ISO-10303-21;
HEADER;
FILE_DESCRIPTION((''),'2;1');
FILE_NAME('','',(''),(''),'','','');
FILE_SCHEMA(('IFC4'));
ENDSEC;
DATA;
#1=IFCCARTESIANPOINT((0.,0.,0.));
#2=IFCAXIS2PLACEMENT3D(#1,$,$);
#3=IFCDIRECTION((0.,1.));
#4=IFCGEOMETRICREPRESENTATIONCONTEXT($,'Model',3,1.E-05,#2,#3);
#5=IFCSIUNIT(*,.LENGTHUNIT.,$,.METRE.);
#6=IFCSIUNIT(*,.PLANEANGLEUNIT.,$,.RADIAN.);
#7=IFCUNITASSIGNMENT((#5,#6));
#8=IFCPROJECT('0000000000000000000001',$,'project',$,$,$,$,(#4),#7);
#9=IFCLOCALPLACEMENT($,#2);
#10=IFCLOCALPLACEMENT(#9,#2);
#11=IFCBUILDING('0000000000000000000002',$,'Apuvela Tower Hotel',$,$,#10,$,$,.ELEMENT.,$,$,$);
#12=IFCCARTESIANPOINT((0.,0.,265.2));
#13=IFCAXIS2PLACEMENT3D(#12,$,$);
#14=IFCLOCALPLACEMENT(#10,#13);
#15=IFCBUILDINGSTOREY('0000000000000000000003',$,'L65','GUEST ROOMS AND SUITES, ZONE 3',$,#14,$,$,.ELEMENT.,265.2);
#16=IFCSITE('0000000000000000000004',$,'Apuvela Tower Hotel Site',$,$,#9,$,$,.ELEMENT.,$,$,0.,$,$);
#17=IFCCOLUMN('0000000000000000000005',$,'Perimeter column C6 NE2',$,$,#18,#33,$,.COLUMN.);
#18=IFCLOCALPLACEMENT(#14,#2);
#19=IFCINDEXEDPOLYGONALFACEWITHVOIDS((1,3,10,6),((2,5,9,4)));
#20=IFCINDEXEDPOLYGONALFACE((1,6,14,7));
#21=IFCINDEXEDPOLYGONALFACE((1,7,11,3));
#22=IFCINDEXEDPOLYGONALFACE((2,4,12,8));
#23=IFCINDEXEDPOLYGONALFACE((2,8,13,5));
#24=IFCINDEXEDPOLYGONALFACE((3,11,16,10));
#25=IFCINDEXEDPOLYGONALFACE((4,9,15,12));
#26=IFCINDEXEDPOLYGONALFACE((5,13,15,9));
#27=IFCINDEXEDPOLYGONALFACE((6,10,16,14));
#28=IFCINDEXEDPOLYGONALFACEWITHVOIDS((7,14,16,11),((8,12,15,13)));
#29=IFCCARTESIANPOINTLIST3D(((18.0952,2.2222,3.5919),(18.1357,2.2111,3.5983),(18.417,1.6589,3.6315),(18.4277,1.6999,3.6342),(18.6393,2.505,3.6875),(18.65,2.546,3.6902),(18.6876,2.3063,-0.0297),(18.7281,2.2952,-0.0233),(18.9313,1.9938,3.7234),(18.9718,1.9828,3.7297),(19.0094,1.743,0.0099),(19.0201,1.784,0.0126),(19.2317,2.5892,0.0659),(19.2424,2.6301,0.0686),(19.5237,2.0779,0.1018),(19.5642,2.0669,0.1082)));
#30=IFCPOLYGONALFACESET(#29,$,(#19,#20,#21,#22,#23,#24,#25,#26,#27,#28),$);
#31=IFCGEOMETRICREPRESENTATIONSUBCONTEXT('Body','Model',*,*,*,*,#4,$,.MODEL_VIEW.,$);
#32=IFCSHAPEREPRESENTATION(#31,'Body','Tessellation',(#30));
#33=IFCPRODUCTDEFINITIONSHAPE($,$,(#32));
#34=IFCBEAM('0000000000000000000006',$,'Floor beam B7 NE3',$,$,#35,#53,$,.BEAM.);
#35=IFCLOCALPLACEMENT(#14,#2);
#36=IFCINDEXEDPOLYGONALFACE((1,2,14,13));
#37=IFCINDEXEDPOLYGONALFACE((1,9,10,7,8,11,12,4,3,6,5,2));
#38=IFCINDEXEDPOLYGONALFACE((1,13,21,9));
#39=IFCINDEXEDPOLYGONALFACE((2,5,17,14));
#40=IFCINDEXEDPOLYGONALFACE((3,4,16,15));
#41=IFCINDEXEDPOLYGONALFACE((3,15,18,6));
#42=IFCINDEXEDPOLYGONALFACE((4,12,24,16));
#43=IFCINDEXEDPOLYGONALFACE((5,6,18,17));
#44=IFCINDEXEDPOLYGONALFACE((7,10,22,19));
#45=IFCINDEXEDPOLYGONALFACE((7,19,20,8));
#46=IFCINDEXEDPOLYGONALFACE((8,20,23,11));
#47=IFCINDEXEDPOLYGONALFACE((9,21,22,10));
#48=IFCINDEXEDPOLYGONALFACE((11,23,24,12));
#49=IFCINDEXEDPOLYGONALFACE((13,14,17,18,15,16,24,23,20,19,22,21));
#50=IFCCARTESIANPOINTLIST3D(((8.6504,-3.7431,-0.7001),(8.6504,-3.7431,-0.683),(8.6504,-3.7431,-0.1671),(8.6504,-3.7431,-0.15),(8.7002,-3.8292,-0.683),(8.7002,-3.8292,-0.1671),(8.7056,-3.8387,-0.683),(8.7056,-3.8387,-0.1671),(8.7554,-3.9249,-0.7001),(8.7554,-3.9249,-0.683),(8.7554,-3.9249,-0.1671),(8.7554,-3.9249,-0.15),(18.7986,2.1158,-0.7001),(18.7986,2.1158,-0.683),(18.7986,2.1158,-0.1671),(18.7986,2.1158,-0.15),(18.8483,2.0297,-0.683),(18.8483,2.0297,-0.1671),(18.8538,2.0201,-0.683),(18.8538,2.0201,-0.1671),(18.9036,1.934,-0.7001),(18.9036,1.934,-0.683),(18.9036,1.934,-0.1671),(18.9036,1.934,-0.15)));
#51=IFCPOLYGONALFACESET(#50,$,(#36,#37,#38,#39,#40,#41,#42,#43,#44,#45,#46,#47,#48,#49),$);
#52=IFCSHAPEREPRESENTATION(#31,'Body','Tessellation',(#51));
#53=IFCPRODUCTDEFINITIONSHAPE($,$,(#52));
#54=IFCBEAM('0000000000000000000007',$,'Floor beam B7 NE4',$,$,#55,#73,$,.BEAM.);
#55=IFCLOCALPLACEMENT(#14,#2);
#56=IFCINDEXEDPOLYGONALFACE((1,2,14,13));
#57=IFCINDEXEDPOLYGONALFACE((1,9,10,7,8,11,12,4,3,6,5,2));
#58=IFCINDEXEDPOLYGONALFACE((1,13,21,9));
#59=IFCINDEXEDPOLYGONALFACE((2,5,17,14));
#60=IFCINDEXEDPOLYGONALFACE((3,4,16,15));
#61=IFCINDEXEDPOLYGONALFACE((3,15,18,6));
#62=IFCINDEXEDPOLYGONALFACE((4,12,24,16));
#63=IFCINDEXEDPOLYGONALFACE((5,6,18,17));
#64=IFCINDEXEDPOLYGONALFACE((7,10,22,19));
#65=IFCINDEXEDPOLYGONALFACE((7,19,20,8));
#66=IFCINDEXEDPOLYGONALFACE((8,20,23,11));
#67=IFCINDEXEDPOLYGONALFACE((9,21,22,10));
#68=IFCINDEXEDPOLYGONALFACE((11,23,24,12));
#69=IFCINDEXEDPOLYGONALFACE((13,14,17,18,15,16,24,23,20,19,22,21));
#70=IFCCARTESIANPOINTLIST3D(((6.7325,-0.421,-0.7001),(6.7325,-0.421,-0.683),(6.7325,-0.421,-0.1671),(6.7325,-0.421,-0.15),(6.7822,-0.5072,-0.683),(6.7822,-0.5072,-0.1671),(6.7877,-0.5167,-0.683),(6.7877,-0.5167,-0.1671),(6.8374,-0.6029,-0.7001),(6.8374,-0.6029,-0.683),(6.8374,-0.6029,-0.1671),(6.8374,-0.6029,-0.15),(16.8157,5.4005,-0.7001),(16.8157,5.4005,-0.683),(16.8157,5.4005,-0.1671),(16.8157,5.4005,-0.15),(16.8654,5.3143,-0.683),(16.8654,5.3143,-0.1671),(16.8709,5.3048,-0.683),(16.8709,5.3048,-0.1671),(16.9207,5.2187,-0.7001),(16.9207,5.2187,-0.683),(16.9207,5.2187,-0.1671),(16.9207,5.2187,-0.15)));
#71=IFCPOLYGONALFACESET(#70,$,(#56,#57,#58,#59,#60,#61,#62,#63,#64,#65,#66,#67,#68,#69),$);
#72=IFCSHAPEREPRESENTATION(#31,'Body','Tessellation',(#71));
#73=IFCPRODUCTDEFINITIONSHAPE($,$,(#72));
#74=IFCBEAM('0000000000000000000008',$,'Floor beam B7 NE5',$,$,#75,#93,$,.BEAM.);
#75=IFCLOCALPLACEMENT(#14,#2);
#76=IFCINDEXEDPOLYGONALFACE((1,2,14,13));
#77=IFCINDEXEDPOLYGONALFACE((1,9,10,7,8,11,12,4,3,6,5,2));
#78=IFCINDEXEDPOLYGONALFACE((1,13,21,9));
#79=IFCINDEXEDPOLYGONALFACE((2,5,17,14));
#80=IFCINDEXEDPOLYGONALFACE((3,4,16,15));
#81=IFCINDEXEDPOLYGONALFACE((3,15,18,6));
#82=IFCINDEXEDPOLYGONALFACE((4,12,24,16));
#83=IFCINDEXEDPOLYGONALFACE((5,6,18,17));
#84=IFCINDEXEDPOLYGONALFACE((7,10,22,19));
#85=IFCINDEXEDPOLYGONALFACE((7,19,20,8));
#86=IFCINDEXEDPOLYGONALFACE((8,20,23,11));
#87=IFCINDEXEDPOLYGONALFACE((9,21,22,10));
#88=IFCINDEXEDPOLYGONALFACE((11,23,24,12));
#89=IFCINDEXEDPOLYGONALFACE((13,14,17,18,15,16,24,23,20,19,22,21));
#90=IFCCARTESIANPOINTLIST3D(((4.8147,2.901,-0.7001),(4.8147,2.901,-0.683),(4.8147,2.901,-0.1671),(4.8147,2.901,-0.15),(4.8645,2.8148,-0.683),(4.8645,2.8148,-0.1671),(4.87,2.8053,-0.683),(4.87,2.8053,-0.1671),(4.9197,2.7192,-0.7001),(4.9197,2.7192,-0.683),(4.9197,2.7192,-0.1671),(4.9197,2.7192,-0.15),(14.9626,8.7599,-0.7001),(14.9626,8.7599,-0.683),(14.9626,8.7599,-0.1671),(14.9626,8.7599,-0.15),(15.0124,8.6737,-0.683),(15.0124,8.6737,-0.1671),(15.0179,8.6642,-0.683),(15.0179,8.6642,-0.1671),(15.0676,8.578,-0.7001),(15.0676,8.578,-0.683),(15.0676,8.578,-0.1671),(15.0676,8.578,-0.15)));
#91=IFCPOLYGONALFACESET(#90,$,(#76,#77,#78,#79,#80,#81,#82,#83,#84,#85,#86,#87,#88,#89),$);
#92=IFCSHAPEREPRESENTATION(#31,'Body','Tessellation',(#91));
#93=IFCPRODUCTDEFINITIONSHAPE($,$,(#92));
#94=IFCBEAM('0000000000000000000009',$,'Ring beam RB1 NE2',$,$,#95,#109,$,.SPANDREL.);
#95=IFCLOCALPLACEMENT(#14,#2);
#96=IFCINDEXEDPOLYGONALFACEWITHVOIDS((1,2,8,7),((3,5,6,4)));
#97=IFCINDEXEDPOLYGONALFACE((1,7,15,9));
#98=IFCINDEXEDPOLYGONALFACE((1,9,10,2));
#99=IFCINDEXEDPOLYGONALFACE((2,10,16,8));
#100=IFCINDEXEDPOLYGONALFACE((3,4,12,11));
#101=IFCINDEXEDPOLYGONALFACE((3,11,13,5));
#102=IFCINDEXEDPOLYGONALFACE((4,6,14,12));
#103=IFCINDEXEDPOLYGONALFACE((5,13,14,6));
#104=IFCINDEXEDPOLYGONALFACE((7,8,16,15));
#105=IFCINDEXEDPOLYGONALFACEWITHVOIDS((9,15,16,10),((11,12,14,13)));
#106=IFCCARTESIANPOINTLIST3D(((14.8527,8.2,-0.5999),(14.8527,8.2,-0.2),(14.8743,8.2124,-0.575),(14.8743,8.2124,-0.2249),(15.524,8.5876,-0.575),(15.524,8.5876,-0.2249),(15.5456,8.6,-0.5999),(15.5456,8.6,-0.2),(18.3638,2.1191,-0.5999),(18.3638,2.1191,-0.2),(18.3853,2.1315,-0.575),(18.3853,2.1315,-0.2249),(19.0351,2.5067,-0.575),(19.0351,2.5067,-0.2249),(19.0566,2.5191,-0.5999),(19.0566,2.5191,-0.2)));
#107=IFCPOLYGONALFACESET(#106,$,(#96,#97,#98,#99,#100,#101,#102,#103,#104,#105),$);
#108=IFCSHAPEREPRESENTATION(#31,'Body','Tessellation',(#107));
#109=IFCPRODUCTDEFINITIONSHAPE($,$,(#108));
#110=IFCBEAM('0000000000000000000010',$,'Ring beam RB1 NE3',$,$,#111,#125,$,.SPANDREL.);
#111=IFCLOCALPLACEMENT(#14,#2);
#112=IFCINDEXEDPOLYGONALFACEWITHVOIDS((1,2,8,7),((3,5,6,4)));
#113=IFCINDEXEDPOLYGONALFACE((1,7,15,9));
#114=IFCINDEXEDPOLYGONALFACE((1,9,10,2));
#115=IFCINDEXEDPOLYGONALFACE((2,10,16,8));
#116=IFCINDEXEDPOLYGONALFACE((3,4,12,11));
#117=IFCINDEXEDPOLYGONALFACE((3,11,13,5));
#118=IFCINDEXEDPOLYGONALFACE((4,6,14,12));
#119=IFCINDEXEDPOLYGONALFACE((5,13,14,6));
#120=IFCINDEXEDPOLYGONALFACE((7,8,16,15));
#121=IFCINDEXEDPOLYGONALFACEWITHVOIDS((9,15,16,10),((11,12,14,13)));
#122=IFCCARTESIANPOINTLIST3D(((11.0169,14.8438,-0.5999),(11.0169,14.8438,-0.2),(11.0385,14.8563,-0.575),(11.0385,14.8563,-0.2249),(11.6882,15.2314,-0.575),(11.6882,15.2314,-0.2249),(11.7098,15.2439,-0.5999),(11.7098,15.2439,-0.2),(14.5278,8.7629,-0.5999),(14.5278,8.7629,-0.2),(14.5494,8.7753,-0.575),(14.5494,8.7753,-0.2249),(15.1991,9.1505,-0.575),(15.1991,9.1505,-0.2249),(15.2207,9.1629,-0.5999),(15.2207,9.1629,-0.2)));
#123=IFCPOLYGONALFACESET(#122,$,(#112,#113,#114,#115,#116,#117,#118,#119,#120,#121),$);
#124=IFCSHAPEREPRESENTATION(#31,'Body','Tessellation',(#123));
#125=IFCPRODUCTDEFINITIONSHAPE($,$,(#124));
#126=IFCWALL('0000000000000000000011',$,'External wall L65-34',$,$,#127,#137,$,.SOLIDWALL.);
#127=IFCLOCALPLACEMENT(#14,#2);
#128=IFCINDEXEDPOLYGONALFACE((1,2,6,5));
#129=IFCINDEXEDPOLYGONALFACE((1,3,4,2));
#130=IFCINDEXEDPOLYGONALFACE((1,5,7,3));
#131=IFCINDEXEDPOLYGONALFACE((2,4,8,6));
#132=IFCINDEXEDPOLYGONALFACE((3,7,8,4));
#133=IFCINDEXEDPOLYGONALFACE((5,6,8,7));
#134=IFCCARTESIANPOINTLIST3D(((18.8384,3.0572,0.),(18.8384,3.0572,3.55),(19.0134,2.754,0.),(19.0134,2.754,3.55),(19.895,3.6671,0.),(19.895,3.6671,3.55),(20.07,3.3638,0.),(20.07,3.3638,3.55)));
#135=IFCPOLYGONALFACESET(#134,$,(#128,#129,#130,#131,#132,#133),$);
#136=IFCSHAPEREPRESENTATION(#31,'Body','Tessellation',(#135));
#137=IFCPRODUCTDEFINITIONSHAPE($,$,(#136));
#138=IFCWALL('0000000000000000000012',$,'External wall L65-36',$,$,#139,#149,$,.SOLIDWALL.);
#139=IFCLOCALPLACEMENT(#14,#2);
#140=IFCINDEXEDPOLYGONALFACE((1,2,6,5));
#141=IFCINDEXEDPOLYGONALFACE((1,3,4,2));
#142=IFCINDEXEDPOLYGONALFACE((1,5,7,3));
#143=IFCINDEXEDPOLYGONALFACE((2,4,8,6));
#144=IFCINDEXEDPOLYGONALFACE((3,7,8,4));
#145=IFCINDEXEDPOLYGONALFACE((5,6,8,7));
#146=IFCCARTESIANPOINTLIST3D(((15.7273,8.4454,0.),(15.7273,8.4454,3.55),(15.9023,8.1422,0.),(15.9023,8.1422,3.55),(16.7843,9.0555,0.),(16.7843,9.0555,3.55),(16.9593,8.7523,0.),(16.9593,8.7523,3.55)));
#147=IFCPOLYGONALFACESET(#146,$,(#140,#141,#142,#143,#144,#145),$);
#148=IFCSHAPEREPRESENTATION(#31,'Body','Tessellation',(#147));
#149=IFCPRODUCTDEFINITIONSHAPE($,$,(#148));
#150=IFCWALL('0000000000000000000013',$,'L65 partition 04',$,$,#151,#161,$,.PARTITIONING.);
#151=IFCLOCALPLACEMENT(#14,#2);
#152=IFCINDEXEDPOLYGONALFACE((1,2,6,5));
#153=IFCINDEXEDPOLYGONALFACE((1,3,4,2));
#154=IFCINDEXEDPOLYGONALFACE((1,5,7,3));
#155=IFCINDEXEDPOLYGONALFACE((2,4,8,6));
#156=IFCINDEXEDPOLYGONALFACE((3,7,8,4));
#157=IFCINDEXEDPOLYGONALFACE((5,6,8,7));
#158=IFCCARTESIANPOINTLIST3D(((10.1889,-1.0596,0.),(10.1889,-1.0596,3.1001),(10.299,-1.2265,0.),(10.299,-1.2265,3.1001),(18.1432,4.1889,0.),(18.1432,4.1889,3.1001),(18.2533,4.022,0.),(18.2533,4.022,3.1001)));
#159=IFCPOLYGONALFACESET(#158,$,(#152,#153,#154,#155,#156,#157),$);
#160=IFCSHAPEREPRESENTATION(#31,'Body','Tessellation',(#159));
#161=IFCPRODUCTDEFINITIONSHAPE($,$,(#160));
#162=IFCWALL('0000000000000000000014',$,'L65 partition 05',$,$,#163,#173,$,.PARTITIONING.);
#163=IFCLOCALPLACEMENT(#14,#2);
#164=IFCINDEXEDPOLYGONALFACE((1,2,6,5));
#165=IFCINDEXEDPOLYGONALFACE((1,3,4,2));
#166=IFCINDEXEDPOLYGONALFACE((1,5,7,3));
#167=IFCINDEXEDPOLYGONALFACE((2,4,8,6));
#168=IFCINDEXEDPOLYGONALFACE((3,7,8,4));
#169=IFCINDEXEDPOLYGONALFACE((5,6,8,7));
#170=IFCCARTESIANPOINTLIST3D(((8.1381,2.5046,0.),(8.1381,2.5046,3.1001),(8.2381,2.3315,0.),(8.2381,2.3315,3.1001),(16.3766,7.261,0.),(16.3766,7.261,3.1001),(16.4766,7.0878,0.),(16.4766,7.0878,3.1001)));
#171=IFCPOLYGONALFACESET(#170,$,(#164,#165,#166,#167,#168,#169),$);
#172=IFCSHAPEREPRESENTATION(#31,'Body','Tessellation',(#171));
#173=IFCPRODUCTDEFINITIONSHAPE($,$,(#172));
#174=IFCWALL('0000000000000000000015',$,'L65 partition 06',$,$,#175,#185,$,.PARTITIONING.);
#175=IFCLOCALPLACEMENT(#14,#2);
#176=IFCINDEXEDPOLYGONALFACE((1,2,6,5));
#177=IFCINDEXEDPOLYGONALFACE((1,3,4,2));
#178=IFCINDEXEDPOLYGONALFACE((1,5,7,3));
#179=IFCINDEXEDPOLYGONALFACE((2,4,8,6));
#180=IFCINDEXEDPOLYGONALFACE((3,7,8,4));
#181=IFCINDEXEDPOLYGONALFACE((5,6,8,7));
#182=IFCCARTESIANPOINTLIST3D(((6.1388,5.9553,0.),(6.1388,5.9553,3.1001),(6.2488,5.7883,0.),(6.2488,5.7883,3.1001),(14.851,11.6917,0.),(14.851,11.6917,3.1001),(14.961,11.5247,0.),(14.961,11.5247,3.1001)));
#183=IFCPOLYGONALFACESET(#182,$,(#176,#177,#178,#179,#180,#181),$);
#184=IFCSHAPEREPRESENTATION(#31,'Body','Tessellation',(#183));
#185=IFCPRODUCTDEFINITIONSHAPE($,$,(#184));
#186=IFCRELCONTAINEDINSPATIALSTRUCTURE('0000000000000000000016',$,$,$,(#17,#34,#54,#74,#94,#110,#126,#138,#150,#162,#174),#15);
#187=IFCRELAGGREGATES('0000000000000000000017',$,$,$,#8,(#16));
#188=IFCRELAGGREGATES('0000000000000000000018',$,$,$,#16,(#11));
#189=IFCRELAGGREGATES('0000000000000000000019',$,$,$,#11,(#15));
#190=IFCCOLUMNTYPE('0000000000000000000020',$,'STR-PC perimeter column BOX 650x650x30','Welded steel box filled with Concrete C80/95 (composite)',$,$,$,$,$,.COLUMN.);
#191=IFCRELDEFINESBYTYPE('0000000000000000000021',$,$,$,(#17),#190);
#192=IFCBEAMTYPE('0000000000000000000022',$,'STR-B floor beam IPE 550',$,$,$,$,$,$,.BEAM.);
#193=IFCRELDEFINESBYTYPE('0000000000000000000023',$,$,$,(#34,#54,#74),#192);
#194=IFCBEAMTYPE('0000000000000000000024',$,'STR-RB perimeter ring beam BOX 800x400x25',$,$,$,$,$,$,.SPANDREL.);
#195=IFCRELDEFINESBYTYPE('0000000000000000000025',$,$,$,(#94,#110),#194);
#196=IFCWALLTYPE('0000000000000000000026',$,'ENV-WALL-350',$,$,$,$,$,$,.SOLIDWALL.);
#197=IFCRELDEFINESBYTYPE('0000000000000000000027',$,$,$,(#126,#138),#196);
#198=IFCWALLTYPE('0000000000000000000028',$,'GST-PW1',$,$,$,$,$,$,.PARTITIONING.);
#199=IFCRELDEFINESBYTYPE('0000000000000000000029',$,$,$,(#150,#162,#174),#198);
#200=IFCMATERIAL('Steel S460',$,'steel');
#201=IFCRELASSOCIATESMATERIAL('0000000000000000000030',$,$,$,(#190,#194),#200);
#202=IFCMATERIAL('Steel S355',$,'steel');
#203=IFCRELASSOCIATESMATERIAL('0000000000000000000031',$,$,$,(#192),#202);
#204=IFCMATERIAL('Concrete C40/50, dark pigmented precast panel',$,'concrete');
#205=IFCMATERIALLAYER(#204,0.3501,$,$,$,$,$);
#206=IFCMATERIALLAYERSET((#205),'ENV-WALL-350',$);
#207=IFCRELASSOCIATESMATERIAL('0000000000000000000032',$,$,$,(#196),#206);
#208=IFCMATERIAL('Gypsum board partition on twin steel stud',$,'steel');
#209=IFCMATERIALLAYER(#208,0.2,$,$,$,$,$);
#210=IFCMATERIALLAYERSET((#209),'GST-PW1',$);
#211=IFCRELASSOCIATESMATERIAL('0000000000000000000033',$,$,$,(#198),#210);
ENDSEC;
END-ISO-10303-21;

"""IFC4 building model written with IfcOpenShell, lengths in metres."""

from ifc_helpers import new_model, si_unit, direction, frame, frame_2d, origin, origin_2d, place, context, subcontext, project, spatial, rectangle, hollow_rectangle, i_section, extrude, boolean, halfspace, material, layer, layer_set, material_profile, profile_set, type_object, element, save


model = new_model("IFC4")

# Units and contexts
model_context = context("Model", 3, precision=1e-05, world=origin(), true_north=direction((0.0, 1.0)))
body_context = subcontext(model_context, "Body", "Model", "MODEL_VIEW")
ifc_project = project(units=[si_unit("LENGTHUNIT", "METRE"), si_unit("PLANEANGLEUNIT", "RADIAN")], contexts=[model_context])

# Site, building, storey
site_placement = place(None, origin())
site = spatial("IfcSite", under=ifc_project, at=site_placement, Name="Apuvela Tower Hotel Site", CompositionType="ELEMENT", RefElevation=0.0)
building_placement = place(site_placement, origin())
building = spatial("IfcBuilding", under=site, at=building_placement, Name="Apuvela Tower Hotel", CompositionType="ELEMENT")
storey_placement = place(building_placement, frame((0.0, 0.0, 265.2)))
storey = spatial("IfcBuildingStorey", under=building, at=storey_placement, Name="L65", Description="GUEST ROOMS AND SUITES, ZONE 3", CompositionType="ELEMENT", Elevation=265.2)

# Column
ifc_material_1 = material(Name="Steel S460", Category="steel")
ifc_material_profile_1 = material_profile(ifc_material_1, hollow_rectangle(XDim=0.6499, YDim=0.6499, WallThickness=0.03, at=origin_2d()), Name="BOX 650x650x30")
ifc_material_2 = material(Name="Concrete C80/95", Category="concrete")
ifc_material_profile_2 = material_profile(ifc_material_2, rectangle(XDim=0.5901, YDim=0.5901, at=origin_2d()), Name="Concrete C80/95 infill")
ifc_profile_set_1 = profile_set([ifc_material_profile_1, ifc_material_profile_2], Name="Steel S460")
column_type = type_object("IfcColumnType", Name="STR-PC perimeter column BOX 650x650x30", Description="Welded steel box filled with Concrete C80/95 (composite)", PredefinedType="COLUMN", material=ifc_profile_set_1)
column_1_placement = place(storey_placement, frame((19.1323, 2.1875, 0.0), z_axis=(-0.161389, -0.022916, 0.986625), x_axis=(0.49511, -0.866696, 0.060858)))
element("IfcColumn", 1, at=column_1_placement, inside=storey, type_object=column_type, Name="Perimeter column C6 NE2", PredefinedType="COLUMN", context=body_context, shape_type="SweptSolid", body=[
    boolean("DIFFERENCE", boolean("DIFFERENCE", extrude(hollow_rectangle(XDim=0.6499, YDim=0.6499, WallThickness=0.03, at=origin_2d()), origin(), (0.0, 0.0, 1.0), 3.75), halfspace(frame((0.0, 0.0, 0.0398), z_axis=(0.0, 0.0, 1.0), x_axis=(1.0, 0.0, 0.0)), True)), halfspace(frame((0.0, 0.0, 3.7104), z_axis=(0.0, 0.0, 1.0), x_axis=(1.0, 0.0, 0.0)), False)),
])

# Beams
ifc_material_3 = material(Name="Steel S355", Category="steel")
ifc_material_profile_3 = material_profile(ifc_material_3, i_section(OverallWidth=0.21, OverallDepth=0.55, WebThickness=0.011, FlangeThickness=0.0171, at=origin_2d()), Name="IPE 550")
ifc_profile_set_2 = profile_set([ifc_material_profile_3], Name="Steel S355")
beam_type_1 = type_object("IfcBeamType", Name="STR-B floor beam IPE 550", PredefinedType="BEAM", material=ifc_profile_set_2)
beam_1_placement = place(storey_placement, frame((18.8511, 2.0249, -0.425), z_axis=(-0.866032, -0.499989, 0.0), x_axis=(0.499989, -0.866032, 0.0)))
element("IfcBeam", 2, at=beam_1_placement, inside=storey, type_object=beam_type_1, Name="Floor beam B7 NE3", PredefinedType="BEAM", context=body_context, shape_type="SweptSolid", body=[
    extrude(i_section(OverallWidth=0.21, OverallDepth=0.55, WebThickness=0.011, FlangeThickness=0.0171, at=origin_2d()), origin(), (0.0, 0.0, 1.0), 11.718),
])
beam_2_placement = place(storey_placement, frame((16.8682, 5.3096, -0.425), z_axis=(-0.866027, -0.499998, 0.0), x_axis=(0.499998, -0.866027, 0.0)))
element("IfcBeam", 3, at=beam_2_placement, inside=storey, type_object=beam_type_1, Name="Floor beam B7 NE4", PredefinedType="BEAM", context=body_context, shape_type="SweptSolid", body=[
    extrude(i_section(OverallWidth=0.21, OverallDepth=0.55, WebThickness=0.011, FlangeThickness=0.0171, at=origin_2d()), origin(), (0.0, 0.0, 1.0), 11.6431),
])
beam_3_placement = place(storey_placement, frame((15.0151, 8.6689, -0.425), z_axis=(-0.866027, -0.499998, 0.0), x_axis=(0.499998, -0.866027, 0.0)))
element("IfcBeam", 4, at=beam_3_placement, inside=storey, type_object=beam_type_1, Name="Floor beam B7 NE5", PredefinedType="BEAM", context=body_context, shape_type="SweptSolid", body=[
    extrude(i_section(OverallWidth=0.21, OverallDepth=0.55, WebThickness=0.011, FlangeThickness=0.0171, at=origin_2d()), origin(), (0.0, 0.0, 1.0), 11.7178),
])
ifc_material_profile_4 = material_profile(ifc_material_1, hollow_rectangle(XDim=0.8, YDim=0.3999, WallThickness=0.0249, at=origin_2d()), Name="BOX 800x400x25")
ifc_profile_set_3 = profile_set([ifc_material_profile_4], Name="Steel S460")
beam_type_2 = type_object("IfcBeamType", Name="STR-RB perimeter ring beam BOX 800x400x25", PredefinedType="SPANDREL", material=ifc_profile_set_3)
for number, where, z_axis, x_axis, name in (
    (5, (18.7102, 2.3191, -0.3999), (-0.500024, 0.866011, 0.0), (-0.866011, -0.500024, 0.0), "Ring beam RB1 NE2"),
    (6, (14.8743, 8.9629, -0.3999), (-0.500009, 0.86602, 0.0), (-0.86602, -0.500009, 0.0), "Ring beam RB1 NE3"),
):
    element("IfcBeam", number, at=place(storey_placement, frame(where, z_axis=z_axis, x_axis=x_axis)), inside=storey, type_object=beam_type_2, Name=name, PredefinedType="SPANDREL", context=body_context, shape_type="SweptSolid", body=[
        extrude(hollow_rectangle(XDim=0.8, YDim=0.3999, WallThickness=0.0249, at=origin_2d()), origin(), (0.0, 0.0, 1.0), 7.0217),
    ])

# Wall
ifc_material_4 = material(Name="Concrete C40/50, dark pigmented precast panel", Category="concrete")
ifc_layer_1 = layer(ifc_material_4, 0.3501)
ifc_layer_set_1 = layer_set([ifc_layer_1], Name="ENV-WALL-350")
wall_type_1 = type_object("IfcWallType", Name="ENV-WALL-350", PredefinedType="SOLIDWALL", material=ifc_layer_set_1)
wall_1_placement = place(storey_placement, frame((19.9824, 3.5154, 0.0), z_axis=(0.0, 0.0, 1.0), x_axis=(-0.866092, -0.499884, 0.0)))
element("IfcWall", 7, at=wall_1_placement, inside=storey, type_object=wall_type_1, Name="External wall L65-34", PredefinedType="SOLIDWALL", context=body_context, shape_type="SweptSolid", body=[
    extrude(rectangle(XDim=1.22, YDim=0.3501, at=frame_2d((0.6099, 0.0))), origin(), (0.0, 0.0, 1.0), 3.55),
])

# Wall
wall_2_placement = place(storey_placement, frame((15.8147, 8.2937, 0.0), z_axis=(0.0, 0.0, 1.0), x_axis=(0.866056, 0.499948, 0.0)))
element("IfcWall", 8, at=wall_2_placement, inside=storey, type_object=wall_type_1, Name="External wall L65-36", PredefinedType="SOLIDWALL", context=body_context, shape_type="SweptSolid", body=[
    extrude(rectangle(XDim=1.2205, YDim=0.3501, at=frame_2d((0.6104, 0.0))), origin(), (0.0, 0.0, 1.0), 3.55),
])

# Walls
ifc_material_5 = material(Name="Gypsum board partition on twin steel stud", Category="steel")
ifc_layer_2 = layer(ifc_material_5, 0.2)
ifc_layer_set_2 = layer_set([ifc_layer_2], Name="GST-PW1")
wall_type_2 = type_object("IfcWallType", Name="GST-PW1", PredefinedType="PARTITIONING", material=ifc_layer_set_2)
wall_3_placement = place(storey_placement, frame((18.1982, 4.1055, 0.0), z_axis=(0.0, 0.0, 1.0), x_axis=(-0.834674, -0.550745, 0.0)))
element("IfcWall", 9, at=wall_3_placement, inside=storey, type_object=wall_type_2, Name="L65 partition 04", PredefinedType="PARTITIONING", context=body_context, shape_type="SweptSolid", body=[
    extrude(rectangle(XDim=9.5298, YDim=0.2, at=frame_2d((4.7649, 0.0))), origin(), (0.0, 0.0, 1.0), 3.1001),
])
wall_4_placement = place(storey_placement, frame((16.4265, 7.1743, 0.0), z_axis=(0.0, 0.0, 1.0), x_axis=(-0.866033, -0.499987, 0.0)))
element("IfcWall", 10, at=wall_4_placement, inside=storey, type_object=wall_type_2, Name="L65 partition 05", PredefinedType="PARTITIONING", context=body_context, shape_type="SweptSolid", body=[
    extrude(rectangle(XDim=9.5129, YDim=0.2, at=frame_2d((4.7563, 0.0))), origin(), (0.0, 0.0, 1.0), 3.1001),
])
wall_5_placement = place(storey_placement, frame((14.906, 11.6082, 0.0), z_axis=(0.0, 0.0, 1.0), x_axis=(-0.835213, -0.549927, 0.0)))
element("IfcWall", 11, at=wall_5_placement, inside=storey, type_object=wall_type_2, Name="L65 partition 06", PredefinedType="PARTITIONING", context=body_context, shape_type="SweptSolid", body=[
    extrude(rectangle(XDim=10.4312, YDim=0.2, at=frame_2d((5.2156, 0.0))), origin(), (0.0, 0.0, 1.0), 3.1001),
])

save(model, "model.ifc")
